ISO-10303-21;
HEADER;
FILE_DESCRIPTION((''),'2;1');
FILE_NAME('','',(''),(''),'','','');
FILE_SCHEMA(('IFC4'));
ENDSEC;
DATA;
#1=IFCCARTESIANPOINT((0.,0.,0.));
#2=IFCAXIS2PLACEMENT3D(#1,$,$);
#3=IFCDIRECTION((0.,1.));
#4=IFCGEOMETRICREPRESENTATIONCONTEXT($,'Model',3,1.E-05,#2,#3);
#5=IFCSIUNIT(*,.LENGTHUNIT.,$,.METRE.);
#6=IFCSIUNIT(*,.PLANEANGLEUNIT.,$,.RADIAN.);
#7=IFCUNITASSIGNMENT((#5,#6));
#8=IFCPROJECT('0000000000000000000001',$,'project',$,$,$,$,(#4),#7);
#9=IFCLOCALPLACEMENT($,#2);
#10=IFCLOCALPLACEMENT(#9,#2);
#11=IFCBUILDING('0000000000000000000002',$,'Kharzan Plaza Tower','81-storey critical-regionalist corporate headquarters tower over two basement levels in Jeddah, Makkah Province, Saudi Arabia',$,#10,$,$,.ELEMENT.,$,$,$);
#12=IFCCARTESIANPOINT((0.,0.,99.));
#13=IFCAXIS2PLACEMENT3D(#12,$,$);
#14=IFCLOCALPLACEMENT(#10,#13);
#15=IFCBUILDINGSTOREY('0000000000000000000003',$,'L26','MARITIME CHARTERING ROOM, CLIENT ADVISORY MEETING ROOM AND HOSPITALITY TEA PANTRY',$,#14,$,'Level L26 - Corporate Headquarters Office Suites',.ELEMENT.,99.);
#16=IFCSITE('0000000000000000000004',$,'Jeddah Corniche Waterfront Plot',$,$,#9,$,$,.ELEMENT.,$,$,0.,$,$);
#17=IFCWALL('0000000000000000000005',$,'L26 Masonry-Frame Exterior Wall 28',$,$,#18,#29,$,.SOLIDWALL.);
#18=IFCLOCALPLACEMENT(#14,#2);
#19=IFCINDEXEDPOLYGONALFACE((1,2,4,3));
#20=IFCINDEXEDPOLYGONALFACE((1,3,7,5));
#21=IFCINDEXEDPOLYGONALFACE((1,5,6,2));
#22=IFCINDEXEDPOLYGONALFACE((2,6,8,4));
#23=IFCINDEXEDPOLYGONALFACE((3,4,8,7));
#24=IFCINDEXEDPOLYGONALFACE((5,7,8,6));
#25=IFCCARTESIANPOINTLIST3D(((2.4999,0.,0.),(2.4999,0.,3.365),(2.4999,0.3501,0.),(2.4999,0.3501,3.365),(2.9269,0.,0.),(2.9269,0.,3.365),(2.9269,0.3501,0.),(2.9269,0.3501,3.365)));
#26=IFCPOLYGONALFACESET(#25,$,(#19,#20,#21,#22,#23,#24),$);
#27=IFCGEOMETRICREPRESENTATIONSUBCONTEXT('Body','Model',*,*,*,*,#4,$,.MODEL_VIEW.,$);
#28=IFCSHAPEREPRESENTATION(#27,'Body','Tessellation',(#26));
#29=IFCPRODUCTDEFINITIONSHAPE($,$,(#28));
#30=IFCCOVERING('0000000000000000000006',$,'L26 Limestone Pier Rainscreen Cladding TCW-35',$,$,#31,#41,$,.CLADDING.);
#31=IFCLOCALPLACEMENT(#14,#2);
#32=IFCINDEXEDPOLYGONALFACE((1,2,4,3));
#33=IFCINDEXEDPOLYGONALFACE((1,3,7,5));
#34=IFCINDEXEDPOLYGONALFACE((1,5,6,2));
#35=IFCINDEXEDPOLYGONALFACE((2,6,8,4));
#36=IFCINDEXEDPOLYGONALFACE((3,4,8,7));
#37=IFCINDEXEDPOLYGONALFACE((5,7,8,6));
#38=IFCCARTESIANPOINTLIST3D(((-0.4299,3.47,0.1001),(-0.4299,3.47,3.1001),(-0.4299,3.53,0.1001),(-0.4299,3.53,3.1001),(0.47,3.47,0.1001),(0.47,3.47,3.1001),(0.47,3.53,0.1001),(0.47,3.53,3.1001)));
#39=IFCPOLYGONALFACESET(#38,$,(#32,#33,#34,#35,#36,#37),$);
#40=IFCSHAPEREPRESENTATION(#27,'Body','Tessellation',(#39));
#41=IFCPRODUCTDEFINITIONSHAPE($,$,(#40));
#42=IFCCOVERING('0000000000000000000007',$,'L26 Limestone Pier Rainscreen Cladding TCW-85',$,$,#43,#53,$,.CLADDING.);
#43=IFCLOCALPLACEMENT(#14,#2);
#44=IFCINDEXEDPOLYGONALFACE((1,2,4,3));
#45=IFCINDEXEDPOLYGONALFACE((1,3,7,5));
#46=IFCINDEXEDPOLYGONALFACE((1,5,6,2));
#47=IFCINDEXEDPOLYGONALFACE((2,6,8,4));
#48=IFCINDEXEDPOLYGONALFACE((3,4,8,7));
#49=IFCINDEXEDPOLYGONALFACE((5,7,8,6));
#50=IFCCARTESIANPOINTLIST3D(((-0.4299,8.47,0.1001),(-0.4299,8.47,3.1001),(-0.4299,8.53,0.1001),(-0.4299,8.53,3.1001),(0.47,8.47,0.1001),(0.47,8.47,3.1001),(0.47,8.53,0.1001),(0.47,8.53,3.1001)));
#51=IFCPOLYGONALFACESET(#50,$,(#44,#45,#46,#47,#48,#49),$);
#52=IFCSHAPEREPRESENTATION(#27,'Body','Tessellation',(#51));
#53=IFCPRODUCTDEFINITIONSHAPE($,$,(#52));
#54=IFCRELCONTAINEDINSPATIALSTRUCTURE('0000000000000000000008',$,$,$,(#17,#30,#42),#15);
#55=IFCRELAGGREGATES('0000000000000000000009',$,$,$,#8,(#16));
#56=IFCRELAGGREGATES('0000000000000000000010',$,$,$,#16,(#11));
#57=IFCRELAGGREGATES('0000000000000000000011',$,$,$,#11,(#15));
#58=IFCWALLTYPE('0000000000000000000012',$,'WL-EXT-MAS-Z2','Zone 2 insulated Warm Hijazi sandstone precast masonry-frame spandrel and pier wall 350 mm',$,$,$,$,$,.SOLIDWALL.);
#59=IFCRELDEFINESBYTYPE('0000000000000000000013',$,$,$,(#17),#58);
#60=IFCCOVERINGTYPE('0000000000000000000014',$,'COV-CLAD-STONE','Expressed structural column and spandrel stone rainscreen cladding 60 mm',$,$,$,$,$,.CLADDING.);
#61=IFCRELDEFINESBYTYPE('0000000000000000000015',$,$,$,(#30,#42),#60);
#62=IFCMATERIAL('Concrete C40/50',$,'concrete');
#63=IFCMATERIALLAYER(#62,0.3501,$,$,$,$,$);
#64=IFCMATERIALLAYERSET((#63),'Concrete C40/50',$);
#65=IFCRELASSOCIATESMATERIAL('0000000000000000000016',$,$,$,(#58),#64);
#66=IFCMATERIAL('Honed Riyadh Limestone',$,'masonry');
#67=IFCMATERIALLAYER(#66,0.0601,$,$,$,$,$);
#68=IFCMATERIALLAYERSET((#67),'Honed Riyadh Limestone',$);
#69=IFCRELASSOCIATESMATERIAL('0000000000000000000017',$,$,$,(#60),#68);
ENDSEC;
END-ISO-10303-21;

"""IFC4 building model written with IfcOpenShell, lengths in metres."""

from ifc_helpers import new_model, si_unit, direction, frame, frame_2d, origin, origin_2d, place, context, subcontext, project, spatial, rectangle, extrude, source, transform, mapped, material, layer, layer_set, type_object, element, save


model = new_model("IFC4")

# Units and contexts
model_context = context("Model", 3, precision=1e-05, world=origin(), true_north=direction((0.0, 1.0)))
body_context = subcontext(model_context, "Body", "Model", "MODEL_VIEW")
ifc_project = project(units=[si_unit("LENGTHUNIT", "METRE"), si_unit("PLANEANGLEUNIT", "RADIAN")], contexts=[model_context])

# Site, building, storey
site_placement = place(None, origin())
site = spatial("IfcSite", under=ifc_project, at=site_placement, Name="Jeddah Corniche Waterfront Plot", CompositionType="ELEMENT", RefElevation=0.0)
building_placement = place(site_placement, origin())
building = spatial("IfcBuilding", under=site, at=building_placement, Name="Kharzan Plaza Tower", Description="81-storey critical-regionalist corporate headquarters tower over two basement levels in Jeddah, Makkah Province, Saudi Arabia", CompositionType="ELEMENT")
storey_placement = place(building_placement, frame((0.0, 0.0, 99.0)))
storey = spatial("IfcBuildingStorey", under=building, at=storey_placement, Name="L26", Description="MARITIME CHARTERING ROOM, CLIENT ADVISORY MEETING ROOM AND HOSPITALITY TEA PANTRY", LongName="Level L26 - Corporate Headquarters Office Suites", CompositionType="ELEMENT", Elevation=99.0)

# Shared definitions
ifc_material_1 = material(Name="Concrete C40/50", Category="concrete")

# Shared definitions
ifc_layer_1 = layer(ifc_material_1, 0.3501)
ifc_layer_set_1 = layer_set([ifc_layer_1], Name="Concrete C40/50")
wall_type_1 = type_object("IfcWallType", Name="WL-EXT-MAS-Z2", Description="Zone 2 insulated Warm Hijazi sandstone precast masonry-frame spandrel and pier wall 350 mm", PredefinedType="SOLIDWALL", material=ifc_layer_set_1)

# Wall
shared_shape_1 = source(origin(), body_context, "Body", "SweptSolid", [
    extrude(rectangle(XDim=0.427, YDim=0.3501, at=frame_2d((0.2134, 0.0))), origin(), (0.0, 0.0, 1.0), 3.365),
])
wall_1_placement = place(storey_placement, frame((2.5, 0.175, 0.0), z_axis=(0.0, 0.0, 1.0), x_axis=(1.0, 0.0, 0.0)))
element("IfcWall", 1, at=wall_1_placement, inside=storey, type_object=wall_type_1, Name="L26 Masonry-Frame Exterior Wall 28", PredefinedType="SOLIDWALL", context=body_context, shape_type="MappedRepresentation", body=[
    mapped(shared_shape_1, transform((0.0, 0.0, 0.0), x_axis=(1.0, 0.0, 0.0), y_axis=(0.0, 1.0, 0.0), z_axis=(0.0, 0.0, 1.0))),
])

# Coverings
ifc_material_2 = material(Name="Honed Riyadh Limestone", Category="masonry")
ifc_layer_2 = layer(ifc_material_2, 0.0601)
ifc_layer_set_2 = layer_set([ifc_layer_2], Name="Honed Riyadh Limestone")
covering_type = type_object("IfcCoveringType", Name="COV-CLAD-STONE", Description="Expressed structural column and spandrel stone rainscreen cladding 60 mm", PredefinedType="CLADDING", material=ifc_layer_set_2)
shared_shape_2 = source(origin(), body_context, "Body", "SweptSolid", [
    extrude(rectangle(XDim=0.0601, YDim=0.8999, at=origin_2d()), origin(), (0.0, 0.0, 1.0), 3.0),
])
for number, where, z_axis, x_axis, name in (
    (2, (0.02, 3.5, 0.1001), (0.0, 0.0, 1.0), (0.0, 1.0, 0.0), "L26 Limestone Pier Rainscreen Cladding TCW-35"),
    (3, (0.02, 8.5, 0.1001), (0.0, 0.0, 1.0), (0.0, 1.0, 0.0), "L26 Limestone Pier Rainscreen Cladding TCW-85"),
):
    element("IfcCovering", number, at=place(storey_placement, frame(where, z_axis=z_axis, x_axis=x_axis)), inside=storey, type_object=covering_type, Name=name, PredefinedType="CLADDING", context=body_context, shape_type="MappedRepresentation", body=[
        mapped(shared_shape_2, transform((0.0, 0.0, 0.0), x_axis=(1.0, 0.0, 0.0), y_axis=(0.0, 1.0, 0.0), z_axis=(0.0, 0.0, 1.0))),
    ])

save(model, "model.ifc")
